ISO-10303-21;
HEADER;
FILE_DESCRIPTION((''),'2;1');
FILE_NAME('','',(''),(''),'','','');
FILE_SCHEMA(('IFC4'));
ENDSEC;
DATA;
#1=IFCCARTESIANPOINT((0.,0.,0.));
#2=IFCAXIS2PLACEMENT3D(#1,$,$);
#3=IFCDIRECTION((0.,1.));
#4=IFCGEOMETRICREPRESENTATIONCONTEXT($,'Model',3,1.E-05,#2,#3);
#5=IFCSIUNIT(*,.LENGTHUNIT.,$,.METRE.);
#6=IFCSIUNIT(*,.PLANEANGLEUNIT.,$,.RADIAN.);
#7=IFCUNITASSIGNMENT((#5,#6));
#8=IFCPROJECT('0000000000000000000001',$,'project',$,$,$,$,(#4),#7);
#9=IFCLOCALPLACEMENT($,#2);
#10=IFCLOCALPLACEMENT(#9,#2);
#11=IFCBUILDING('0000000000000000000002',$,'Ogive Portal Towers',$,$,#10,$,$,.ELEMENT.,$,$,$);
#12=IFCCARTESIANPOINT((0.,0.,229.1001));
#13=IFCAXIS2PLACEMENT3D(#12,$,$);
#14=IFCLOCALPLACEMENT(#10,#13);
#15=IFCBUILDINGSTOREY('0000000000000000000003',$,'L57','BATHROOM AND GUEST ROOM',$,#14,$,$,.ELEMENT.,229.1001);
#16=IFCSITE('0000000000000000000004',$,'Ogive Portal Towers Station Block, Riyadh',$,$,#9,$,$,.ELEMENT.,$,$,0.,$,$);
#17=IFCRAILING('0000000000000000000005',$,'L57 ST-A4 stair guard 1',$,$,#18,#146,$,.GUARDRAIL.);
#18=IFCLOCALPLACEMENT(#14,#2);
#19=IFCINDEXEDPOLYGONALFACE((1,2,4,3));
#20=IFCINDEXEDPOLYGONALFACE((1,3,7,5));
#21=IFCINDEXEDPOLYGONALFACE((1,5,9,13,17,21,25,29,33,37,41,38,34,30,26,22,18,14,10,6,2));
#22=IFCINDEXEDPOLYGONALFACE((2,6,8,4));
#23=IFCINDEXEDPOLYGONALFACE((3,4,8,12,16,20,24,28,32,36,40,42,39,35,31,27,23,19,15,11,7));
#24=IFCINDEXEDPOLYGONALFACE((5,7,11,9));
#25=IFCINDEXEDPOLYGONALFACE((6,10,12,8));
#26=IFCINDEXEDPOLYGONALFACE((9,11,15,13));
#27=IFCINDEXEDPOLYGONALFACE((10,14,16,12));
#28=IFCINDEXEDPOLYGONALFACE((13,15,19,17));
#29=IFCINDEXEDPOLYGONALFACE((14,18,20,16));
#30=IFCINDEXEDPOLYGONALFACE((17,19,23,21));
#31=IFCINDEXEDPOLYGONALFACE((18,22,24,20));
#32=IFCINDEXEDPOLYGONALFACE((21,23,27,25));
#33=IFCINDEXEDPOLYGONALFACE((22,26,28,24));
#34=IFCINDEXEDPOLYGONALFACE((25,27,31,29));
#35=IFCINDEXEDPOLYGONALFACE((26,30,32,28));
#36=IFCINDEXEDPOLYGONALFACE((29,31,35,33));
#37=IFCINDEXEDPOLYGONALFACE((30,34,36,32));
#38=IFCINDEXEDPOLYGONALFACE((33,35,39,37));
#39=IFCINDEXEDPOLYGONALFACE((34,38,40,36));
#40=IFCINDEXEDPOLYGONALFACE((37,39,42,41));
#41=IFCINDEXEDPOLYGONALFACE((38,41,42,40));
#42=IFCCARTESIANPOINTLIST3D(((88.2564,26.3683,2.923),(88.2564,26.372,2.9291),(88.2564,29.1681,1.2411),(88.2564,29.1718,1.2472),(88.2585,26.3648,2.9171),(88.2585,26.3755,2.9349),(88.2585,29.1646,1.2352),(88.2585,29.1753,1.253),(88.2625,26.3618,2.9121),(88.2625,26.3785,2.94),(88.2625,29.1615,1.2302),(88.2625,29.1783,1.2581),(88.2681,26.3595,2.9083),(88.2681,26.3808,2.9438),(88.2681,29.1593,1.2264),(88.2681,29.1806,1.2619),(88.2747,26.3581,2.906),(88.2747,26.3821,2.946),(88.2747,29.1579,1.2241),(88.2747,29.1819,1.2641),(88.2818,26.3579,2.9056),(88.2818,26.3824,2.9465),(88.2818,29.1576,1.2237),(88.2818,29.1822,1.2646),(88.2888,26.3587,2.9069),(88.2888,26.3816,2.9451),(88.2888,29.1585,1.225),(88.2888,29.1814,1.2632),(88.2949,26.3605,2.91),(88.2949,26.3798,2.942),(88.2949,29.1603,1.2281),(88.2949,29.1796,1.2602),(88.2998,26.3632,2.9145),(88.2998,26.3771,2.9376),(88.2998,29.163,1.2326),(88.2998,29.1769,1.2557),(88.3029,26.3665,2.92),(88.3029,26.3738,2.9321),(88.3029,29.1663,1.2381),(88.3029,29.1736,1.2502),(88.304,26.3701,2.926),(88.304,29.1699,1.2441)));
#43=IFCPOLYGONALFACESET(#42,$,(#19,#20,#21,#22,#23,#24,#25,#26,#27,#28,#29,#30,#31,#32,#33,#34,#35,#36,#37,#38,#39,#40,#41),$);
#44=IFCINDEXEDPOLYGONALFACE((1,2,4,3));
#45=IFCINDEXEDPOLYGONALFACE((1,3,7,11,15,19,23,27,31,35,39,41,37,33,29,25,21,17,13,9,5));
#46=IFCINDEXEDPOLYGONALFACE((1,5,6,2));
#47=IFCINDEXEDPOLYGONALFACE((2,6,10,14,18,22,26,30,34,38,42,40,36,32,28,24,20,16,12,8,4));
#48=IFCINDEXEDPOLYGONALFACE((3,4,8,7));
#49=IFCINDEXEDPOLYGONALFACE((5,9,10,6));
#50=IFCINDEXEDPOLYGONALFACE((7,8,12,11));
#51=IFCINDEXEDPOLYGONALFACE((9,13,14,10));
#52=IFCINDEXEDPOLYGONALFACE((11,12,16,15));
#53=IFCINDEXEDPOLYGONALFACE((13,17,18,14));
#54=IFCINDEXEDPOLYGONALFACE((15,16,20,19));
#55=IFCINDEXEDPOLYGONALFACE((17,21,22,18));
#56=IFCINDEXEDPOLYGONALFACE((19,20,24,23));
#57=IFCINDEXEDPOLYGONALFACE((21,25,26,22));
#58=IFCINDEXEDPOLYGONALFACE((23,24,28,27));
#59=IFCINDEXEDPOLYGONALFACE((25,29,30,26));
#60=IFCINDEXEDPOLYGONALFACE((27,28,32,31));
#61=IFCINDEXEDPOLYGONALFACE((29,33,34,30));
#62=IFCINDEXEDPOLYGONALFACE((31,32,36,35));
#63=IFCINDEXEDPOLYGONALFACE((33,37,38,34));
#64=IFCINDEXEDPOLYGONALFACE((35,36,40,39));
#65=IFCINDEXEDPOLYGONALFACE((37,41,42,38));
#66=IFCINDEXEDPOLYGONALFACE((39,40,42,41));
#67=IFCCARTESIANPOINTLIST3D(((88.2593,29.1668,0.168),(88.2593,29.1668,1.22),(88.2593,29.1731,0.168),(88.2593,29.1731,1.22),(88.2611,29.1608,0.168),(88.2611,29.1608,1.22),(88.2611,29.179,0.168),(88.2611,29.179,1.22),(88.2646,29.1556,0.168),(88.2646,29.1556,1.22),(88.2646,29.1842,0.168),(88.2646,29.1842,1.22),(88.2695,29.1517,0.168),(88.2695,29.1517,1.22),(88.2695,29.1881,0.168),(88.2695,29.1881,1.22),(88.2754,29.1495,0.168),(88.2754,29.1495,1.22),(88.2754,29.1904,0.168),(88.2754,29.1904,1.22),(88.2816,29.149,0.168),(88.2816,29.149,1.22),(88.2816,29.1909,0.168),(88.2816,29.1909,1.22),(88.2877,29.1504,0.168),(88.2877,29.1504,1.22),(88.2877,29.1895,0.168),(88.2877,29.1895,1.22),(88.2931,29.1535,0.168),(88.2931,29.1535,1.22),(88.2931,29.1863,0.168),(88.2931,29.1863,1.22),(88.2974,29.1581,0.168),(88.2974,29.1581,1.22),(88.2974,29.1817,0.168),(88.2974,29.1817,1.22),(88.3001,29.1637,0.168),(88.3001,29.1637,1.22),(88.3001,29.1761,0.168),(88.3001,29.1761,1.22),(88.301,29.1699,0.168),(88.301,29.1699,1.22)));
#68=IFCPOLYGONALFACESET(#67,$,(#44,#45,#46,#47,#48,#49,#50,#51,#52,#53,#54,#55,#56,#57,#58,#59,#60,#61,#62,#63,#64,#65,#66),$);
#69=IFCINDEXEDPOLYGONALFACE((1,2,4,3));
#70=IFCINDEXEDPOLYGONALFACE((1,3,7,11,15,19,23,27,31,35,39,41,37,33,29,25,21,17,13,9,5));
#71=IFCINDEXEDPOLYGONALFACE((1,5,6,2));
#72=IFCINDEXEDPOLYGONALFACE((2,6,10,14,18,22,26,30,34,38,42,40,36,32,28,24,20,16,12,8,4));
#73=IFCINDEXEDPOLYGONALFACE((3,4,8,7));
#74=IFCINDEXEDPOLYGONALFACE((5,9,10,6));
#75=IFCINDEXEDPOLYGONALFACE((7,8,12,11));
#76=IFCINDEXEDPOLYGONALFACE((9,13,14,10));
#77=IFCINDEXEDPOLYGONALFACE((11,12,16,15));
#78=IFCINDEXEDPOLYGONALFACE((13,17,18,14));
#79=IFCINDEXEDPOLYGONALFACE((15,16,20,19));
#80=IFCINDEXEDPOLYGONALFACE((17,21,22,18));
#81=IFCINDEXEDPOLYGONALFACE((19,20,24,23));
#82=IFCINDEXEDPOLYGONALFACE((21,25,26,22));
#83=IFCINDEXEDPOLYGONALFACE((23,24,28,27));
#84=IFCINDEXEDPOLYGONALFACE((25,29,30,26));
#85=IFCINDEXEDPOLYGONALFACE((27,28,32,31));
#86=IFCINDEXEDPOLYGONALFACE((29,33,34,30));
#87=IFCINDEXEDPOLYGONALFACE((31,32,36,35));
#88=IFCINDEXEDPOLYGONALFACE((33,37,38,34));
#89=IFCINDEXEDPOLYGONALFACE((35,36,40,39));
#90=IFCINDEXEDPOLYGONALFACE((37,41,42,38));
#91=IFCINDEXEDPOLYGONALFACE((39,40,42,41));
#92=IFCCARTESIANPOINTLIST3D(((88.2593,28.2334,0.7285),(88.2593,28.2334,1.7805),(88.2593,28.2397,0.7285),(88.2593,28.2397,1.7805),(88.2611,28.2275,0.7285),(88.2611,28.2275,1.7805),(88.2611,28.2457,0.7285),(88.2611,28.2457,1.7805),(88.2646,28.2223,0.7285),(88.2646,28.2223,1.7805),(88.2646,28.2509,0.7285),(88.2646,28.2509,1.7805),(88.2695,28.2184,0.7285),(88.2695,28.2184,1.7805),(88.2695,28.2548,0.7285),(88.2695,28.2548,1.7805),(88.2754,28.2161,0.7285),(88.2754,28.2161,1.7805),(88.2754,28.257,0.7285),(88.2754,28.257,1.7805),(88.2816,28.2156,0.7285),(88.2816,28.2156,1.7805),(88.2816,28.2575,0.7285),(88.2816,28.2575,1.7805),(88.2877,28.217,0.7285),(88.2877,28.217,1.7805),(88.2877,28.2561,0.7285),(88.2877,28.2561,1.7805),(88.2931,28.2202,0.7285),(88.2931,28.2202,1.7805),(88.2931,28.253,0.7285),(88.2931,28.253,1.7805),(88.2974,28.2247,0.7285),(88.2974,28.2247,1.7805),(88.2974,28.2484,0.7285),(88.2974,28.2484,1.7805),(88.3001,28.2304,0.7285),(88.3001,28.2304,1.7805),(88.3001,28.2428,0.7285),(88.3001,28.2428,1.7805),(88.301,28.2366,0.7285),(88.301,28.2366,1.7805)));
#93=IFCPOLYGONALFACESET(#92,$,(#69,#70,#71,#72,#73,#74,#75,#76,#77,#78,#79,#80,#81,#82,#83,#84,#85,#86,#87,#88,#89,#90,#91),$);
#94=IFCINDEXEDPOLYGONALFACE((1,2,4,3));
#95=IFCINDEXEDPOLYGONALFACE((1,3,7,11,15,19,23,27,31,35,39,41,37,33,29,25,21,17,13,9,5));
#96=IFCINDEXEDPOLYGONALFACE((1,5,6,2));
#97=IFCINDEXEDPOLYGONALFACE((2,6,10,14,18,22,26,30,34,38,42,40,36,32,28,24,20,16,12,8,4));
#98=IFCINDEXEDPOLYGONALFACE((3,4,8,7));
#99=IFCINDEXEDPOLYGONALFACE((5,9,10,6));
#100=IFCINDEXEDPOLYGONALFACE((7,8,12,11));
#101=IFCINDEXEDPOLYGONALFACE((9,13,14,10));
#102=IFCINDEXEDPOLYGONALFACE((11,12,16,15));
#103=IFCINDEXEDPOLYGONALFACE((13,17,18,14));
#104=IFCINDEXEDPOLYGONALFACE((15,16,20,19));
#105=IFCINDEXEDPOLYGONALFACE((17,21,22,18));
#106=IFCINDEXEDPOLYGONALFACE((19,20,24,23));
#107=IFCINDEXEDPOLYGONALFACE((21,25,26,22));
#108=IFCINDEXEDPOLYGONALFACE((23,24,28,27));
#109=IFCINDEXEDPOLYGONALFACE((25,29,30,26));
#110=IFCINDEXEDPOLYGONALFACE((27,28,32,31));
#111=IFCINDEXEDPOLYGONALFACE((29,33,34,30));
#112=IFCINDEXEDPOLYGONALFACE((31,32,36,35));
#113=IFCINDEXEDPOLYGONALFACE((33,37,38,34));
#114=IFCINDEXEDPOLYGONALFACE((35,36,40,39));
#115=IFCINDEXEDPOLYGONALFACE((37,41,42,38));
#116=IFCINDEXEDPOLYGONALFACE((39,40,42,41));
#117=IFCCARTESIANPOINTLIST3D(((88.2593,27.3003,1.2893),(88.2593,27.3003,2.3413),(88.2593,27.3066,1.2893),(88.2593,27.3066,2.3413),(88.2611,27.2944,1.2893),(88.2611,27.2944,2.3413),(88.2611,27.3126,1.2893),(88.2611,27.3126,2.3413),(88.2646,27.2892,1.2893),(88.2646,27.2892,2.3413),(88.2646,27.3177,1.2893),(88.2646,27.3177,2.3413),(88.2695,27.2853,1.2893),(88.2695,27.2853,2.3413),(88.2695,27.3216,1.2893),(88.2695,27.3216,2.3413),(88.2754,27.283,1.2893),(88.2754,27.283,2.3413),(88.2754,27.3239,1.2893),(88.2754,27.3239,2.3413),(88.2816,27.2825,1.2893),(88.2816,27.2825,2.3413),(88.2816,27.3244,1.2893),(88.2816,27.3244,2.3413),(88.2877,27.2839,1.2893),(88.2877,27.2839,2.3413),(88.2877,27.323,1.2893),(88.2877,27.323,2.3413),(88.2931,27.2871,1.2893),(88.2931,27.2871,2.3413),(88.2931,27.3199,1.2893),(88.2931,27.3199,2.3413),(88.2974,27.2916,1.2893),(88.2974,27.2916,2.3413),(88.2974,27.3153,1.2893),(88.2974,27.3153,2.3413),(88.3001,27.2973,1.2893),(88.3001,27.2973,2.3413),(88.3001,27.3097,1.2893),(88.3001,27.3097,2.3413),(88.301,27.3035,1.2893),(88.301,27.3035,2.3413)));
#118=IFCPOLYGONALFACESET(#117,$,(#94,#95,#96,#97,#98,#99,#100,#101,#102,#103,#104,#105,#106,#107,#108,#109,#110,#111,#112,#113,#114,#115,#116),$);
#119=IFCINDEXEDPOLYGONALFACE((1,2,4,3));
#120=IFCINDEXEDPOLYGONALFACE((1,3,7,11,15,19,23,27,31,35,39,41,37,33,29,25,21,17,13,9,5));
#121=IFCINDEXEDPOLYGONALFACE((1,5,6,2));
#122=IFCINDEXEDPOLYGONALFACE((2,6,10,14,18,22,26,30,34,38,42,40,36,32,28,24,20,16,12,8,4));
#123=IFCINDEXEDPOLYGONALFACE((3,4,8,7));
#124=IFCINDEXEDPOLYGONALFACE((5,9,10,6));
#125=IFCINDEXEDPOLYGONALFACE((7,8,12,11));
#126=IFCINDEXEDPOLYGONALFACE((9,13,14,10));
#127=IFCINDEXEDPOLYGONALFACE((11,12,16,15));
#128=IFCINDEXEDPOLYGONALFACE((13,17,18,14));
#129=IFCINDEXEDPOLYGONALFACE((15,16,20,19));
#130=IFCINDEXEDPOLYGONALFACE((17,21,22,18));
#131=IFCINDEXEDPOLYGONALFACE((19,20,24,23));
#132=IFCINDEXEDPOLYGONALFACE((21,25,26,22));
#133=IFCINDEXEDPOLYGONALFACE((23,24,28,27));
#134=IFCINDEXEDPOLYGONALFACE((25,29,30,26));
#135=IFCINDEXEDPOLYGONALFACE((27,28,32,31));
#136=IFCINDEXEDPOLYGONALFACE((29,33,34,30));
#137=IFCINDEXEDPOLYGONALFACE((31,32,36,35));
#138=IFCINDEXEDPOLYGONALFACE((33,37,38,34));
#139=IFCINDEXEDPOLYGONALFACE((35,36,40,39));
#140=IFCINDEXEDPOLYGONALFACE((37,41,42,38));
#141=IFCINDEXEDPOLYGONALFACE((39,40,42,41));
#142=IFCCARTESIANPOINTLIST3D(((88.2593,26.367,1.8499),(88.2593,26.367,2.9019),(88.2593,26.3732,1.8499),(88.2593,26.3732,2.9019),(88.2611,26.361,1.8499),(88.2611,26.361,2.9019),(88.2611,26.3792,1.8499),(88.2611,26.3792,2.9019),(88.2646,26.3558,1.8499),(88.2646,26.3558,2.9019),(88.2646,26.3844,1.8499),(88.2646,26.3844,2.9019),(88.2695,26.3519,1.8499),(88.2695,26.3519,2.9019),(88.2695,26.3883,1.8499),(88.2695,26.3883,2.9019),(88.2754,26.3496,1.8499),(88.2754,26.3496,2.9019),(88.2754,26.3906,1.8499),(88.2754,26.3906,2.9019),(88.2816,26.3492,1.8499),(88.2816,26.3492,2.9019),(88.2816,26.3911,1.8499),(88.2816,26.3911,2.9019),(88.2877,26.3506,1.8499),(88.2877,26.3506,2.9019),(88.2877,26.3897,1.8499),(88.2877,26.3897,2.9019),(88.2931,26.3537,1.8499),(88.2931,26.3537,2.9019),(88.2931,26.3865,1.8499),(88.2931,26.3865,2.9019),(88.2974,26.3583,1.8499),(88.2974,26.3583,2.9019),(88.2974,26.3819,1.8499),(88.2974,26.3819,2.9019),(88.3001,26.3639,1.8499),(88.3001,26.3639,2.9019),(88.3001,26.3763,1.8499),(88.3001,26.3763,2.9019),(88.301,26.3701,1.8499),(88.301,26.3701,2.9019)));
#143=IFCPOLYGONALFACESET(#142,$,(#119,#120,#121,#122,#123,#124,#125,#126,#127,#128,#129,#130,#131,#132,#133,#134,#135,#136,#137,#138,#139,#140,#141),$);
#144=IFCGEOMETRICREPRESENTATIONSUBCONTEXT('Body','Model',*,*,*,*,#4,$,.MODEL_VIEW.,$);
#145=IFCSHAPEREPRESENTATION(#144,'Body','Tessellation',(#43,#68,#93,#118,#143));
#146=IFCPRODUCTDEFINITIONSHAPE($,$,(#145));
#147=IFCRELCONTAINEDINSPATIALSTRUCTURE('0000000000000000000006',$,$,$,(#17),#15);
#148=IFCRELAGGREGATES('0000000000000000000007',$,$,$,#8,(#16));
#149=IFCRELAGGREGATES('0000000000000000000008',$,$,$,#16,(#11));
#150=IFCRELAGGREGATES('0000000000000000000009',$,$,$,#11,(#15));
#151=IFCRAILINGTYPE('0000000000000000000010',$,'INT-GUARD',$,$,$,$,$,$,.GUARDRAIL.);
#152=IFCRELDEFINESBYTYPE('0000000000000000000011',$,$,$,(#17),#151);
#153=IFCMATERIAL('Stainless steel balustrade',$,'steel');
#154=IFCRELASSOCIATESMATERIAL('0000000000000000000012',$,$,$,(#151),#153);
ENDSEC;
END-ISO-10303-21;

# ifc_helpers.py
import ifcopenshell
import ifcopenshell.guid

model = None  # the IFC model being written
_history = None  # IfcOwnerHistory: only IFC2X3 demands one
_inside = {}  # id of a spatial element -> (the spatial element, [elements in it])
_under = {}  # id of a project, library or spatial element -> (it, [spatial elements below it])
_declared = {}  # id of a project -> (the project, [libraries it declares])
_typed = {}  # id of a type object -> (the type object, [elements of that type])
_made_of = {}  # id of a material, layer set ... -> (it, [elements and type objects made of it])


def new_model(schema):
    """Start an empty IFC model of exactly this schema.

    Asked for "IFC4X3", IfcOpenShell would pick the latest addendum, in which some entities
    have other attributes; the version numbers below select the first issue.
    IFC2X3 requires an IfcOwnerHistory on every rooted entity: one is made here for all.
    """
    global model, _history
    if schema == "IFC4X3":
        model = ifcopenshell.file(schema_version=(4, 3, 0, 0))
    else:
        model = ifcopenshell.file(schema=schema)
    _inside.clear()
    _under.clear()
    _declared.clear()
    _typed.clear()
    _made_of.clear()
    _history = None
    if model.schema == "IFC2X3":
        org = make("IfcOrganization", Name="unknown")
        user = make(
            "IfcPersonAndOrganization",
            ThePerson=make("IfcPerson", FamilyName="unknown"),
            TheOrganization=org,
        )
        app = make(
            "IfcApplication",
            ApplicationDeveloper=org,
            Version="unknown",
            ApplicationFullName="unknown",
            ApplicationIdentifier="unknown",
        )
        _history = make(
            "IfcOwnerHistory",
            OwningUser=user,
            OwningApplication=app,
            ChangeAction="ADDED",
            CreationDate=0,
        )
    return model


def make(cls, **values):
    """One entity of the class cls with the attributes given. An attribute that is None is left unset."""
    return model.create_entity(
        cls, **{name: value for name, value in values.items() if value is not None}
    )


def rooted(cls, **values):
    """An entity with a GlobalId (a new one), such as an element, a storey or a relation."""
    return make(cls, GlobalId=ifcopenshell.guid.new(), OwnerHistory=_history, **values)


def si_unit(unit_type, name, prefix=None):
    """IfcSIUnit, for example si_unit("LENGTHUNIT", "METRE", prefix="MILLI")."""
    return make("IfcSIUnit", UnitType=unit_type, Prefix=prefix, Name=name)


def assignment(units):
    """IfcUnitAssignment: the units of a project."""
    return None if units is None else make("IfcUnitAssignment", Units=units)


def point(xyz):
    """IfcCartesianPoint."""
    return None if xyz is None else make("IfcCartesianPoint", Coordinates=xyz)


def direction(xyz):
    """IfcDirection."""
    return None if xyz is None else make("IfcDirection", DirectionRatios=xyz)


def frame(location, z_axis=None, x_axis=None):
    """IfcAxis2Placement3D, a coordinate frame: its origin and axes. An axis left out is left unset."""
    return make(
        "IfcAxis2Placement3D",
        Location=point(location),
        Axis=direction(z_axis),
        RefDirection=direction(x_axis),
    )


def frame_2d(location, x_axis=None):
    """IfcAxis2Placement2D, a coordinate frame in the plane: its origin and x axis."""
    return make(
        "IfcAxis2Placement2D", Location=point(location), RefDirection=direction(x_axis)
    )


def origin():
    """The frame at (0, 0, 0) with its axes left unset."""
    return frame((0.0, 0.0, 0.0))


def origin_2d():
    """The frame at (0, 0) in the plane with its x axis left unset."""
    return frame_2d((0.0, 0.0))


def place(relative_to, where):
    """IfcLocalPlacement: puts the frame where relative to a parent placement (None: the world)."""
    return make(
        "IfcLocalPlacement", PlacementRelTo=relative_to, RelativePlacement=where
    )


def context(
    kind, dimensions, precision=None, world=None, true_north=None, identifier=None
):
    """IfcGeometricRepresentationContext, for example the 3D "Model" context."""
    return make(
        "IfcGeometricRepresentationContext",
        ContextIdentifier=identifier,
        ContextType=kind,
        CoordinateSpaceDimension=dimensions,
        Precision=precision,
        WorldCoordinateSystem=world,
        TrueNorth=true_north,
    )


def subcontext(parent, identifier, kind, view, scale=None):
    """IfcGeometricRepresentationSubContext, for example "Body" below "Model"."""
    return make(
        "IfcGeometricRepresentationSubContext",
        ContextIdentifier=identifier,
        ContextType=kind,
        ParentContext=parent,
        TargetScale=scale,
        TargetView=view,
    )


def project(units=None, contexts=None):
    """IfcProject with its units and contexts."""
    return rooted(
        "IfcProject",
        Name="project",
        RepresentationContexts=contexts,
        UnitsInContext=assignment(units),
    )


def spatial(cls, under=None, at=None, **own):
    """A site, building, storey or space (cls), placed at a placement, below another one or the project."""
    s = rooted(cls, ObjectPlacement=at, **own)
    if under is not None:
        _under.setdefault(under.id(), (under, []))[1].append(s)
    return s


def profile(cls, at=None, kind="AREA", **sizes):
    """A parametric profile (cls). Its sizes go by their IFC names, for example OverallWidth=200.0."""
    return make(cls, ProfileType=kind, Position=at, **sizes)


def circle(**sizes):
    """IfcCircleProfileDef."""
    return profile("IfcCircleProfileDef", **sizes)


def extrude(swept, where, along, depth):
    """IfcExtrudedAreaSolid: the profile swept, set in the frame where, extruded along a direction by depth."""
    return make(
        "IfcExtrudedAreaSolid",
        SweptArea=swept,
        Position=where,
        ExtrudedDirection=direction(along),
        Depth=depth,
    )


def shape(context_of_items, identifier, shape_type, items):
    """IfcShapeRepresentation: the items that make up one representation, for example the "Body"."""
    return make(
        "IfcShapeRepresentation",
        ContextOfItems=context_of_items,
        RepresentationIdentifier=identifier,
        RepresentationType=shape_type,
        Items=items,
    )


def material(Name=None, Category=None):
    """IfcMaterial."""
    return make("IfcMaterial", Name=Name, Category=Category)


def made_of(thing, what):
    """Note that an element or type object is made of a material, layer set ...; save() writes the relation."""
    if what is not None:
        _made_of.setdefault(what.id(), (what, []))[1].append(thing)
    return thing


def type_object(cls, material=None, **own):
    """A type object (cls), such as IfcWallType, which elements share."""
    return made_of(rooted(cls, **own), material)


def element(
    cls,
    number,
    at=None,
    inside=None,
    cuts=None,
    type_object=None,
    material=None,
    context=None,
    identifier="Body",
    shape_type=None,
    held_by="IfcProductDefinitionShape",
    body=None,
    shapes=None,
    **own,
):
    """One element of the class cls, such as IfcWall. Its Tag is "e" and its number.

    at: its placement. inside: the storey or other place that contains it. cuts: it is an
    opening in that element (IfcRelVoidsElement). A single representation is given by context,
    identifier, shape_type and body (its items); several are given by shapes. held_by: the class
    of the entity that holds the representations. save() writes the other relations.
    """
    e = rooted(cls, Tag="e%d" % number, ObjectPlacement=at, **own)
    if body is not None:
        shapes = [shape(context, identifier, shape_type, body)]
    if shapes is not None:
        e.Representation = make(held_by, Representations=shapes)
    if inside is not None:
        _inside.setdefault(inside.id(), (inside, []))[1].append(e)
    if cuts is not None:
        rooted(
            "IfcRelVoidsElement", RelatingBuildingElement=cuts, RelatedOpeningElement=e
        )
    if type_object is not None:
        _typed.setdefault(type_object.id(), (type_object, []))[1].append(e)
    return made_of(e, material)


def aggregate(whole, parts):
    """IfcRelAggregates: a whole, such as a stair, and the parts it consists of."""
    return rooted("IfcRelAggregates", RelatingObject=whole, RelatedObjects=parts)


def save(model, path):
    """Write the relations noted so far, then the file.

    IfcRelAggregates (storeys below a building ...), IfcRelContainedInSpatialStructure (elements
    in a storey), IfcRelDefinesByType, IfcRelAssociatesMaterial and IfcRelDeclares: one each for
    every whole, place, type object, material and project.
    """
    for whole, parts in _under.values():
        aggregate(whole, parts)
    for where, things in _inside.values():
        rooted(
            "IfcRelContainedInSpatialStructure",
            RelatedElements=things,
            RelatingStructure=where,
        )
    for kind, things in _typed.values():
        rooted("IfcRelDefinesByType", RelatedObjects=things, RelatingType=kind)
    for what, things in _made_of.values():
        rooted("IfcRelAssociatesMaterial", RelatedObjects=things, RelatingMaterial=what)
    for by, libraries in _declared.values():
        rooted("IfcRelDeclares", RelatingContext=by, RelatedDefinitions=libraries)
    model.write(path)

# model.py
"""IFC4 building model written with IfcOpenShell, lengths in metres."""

from ifc_helpers import new_model, si_unit, direction, frame, origin, origin_2d, place, context, subcontext, project, spatial, circle, extrude, material, type_object, element, save


model = new_model("IFC4")

# Units and contexts
model_context = context("Model", 3, precision=1e-05, world=origin(), true_north=direction((0.0, 1.0)))
body_context = subcontext(model_context, "Body", "Model", "MODEL_VIEW")
ifc_project = project(units=[si_unit("LENGTHUNIT", "METRE"), si_unit("PLANEANGLEUNIT", "RADIAN")], contexts=[model_context])

# Site, building, storey
site_placement = place(None, origin())
site = spatial("IfcSite", under=ifc_project, at=site_placement, Name="Ogive Portal Towers Station Block, Riyadh", CompositionType="ELEMENT", RefElevation=0.0)
building_placement = place(site_placement, origin())
building = spatial("IfcBuilding", under=site, at=building_placement, Name="Ogive Portal Towers", CompositionType="ELEMENT")
storey_placement = place(building_placement, frame((0.0, 0.0, 229.1001)))
storey = spatial("IfcBuildingStorey", under=building, at=storey_placement, Name="L57", Description="BATHROOM AND GUEST ROOM", CompositionType="ELEMENT", Elevation=229.1001)

# Railing
ifc_material_1 = material(Name="Stainless steel balustrade", Category="steel")
railing_type_1 = type_object("IfcRailingType", Name="INT-GUARD", PredefinedType="GUARDRAIL", material=ifc_material_1)
railing_1_placement = place(storey_placement, frame((88.28, 29.1699, 0.168)))
element("IfcRailing", 1, at=railing_1_placement, inside=storey, type_object=railing_type_1, Name="L57 ST-A4 stair guard 1", PredefinedType="GUARDRAIL", context=body_context, shape_type="SweptSolid", body=[
    extrude(circle(Radius=0.0239, at=origin_2d()), frame((0.0, 0.0, 1.0762), z_axis=(0.0, -0.857222, 0.514946), x_axis=(1.0, 0.0, 0.0)), (0.0, 0.0, 1.0), 3.2661),
    extrude(circle(Radius=0.021, at=origin_2d()), origin(), (0.0, 0.0, 1.0), 1.052),
    extrude(circle(Radius=0.021, at=origin_2d()), frame((0.0, -0.9333, 0.5605)), (0.0, 0.0, 1.0), 1.052),
    extrude(circle(Radius=0.021, at=origin_2d()), frame((0.0, -1.8665, 1.1213)), (0.0, 0.0, 1.0), 1.052),
    extrude(circle(Radius=0.021, at=origin_2d()), frame((0.0, -2.7998, 1.6819)), (0.0, 0.0, 1.0), 1.052),
])

save(model, "model.ifc")
